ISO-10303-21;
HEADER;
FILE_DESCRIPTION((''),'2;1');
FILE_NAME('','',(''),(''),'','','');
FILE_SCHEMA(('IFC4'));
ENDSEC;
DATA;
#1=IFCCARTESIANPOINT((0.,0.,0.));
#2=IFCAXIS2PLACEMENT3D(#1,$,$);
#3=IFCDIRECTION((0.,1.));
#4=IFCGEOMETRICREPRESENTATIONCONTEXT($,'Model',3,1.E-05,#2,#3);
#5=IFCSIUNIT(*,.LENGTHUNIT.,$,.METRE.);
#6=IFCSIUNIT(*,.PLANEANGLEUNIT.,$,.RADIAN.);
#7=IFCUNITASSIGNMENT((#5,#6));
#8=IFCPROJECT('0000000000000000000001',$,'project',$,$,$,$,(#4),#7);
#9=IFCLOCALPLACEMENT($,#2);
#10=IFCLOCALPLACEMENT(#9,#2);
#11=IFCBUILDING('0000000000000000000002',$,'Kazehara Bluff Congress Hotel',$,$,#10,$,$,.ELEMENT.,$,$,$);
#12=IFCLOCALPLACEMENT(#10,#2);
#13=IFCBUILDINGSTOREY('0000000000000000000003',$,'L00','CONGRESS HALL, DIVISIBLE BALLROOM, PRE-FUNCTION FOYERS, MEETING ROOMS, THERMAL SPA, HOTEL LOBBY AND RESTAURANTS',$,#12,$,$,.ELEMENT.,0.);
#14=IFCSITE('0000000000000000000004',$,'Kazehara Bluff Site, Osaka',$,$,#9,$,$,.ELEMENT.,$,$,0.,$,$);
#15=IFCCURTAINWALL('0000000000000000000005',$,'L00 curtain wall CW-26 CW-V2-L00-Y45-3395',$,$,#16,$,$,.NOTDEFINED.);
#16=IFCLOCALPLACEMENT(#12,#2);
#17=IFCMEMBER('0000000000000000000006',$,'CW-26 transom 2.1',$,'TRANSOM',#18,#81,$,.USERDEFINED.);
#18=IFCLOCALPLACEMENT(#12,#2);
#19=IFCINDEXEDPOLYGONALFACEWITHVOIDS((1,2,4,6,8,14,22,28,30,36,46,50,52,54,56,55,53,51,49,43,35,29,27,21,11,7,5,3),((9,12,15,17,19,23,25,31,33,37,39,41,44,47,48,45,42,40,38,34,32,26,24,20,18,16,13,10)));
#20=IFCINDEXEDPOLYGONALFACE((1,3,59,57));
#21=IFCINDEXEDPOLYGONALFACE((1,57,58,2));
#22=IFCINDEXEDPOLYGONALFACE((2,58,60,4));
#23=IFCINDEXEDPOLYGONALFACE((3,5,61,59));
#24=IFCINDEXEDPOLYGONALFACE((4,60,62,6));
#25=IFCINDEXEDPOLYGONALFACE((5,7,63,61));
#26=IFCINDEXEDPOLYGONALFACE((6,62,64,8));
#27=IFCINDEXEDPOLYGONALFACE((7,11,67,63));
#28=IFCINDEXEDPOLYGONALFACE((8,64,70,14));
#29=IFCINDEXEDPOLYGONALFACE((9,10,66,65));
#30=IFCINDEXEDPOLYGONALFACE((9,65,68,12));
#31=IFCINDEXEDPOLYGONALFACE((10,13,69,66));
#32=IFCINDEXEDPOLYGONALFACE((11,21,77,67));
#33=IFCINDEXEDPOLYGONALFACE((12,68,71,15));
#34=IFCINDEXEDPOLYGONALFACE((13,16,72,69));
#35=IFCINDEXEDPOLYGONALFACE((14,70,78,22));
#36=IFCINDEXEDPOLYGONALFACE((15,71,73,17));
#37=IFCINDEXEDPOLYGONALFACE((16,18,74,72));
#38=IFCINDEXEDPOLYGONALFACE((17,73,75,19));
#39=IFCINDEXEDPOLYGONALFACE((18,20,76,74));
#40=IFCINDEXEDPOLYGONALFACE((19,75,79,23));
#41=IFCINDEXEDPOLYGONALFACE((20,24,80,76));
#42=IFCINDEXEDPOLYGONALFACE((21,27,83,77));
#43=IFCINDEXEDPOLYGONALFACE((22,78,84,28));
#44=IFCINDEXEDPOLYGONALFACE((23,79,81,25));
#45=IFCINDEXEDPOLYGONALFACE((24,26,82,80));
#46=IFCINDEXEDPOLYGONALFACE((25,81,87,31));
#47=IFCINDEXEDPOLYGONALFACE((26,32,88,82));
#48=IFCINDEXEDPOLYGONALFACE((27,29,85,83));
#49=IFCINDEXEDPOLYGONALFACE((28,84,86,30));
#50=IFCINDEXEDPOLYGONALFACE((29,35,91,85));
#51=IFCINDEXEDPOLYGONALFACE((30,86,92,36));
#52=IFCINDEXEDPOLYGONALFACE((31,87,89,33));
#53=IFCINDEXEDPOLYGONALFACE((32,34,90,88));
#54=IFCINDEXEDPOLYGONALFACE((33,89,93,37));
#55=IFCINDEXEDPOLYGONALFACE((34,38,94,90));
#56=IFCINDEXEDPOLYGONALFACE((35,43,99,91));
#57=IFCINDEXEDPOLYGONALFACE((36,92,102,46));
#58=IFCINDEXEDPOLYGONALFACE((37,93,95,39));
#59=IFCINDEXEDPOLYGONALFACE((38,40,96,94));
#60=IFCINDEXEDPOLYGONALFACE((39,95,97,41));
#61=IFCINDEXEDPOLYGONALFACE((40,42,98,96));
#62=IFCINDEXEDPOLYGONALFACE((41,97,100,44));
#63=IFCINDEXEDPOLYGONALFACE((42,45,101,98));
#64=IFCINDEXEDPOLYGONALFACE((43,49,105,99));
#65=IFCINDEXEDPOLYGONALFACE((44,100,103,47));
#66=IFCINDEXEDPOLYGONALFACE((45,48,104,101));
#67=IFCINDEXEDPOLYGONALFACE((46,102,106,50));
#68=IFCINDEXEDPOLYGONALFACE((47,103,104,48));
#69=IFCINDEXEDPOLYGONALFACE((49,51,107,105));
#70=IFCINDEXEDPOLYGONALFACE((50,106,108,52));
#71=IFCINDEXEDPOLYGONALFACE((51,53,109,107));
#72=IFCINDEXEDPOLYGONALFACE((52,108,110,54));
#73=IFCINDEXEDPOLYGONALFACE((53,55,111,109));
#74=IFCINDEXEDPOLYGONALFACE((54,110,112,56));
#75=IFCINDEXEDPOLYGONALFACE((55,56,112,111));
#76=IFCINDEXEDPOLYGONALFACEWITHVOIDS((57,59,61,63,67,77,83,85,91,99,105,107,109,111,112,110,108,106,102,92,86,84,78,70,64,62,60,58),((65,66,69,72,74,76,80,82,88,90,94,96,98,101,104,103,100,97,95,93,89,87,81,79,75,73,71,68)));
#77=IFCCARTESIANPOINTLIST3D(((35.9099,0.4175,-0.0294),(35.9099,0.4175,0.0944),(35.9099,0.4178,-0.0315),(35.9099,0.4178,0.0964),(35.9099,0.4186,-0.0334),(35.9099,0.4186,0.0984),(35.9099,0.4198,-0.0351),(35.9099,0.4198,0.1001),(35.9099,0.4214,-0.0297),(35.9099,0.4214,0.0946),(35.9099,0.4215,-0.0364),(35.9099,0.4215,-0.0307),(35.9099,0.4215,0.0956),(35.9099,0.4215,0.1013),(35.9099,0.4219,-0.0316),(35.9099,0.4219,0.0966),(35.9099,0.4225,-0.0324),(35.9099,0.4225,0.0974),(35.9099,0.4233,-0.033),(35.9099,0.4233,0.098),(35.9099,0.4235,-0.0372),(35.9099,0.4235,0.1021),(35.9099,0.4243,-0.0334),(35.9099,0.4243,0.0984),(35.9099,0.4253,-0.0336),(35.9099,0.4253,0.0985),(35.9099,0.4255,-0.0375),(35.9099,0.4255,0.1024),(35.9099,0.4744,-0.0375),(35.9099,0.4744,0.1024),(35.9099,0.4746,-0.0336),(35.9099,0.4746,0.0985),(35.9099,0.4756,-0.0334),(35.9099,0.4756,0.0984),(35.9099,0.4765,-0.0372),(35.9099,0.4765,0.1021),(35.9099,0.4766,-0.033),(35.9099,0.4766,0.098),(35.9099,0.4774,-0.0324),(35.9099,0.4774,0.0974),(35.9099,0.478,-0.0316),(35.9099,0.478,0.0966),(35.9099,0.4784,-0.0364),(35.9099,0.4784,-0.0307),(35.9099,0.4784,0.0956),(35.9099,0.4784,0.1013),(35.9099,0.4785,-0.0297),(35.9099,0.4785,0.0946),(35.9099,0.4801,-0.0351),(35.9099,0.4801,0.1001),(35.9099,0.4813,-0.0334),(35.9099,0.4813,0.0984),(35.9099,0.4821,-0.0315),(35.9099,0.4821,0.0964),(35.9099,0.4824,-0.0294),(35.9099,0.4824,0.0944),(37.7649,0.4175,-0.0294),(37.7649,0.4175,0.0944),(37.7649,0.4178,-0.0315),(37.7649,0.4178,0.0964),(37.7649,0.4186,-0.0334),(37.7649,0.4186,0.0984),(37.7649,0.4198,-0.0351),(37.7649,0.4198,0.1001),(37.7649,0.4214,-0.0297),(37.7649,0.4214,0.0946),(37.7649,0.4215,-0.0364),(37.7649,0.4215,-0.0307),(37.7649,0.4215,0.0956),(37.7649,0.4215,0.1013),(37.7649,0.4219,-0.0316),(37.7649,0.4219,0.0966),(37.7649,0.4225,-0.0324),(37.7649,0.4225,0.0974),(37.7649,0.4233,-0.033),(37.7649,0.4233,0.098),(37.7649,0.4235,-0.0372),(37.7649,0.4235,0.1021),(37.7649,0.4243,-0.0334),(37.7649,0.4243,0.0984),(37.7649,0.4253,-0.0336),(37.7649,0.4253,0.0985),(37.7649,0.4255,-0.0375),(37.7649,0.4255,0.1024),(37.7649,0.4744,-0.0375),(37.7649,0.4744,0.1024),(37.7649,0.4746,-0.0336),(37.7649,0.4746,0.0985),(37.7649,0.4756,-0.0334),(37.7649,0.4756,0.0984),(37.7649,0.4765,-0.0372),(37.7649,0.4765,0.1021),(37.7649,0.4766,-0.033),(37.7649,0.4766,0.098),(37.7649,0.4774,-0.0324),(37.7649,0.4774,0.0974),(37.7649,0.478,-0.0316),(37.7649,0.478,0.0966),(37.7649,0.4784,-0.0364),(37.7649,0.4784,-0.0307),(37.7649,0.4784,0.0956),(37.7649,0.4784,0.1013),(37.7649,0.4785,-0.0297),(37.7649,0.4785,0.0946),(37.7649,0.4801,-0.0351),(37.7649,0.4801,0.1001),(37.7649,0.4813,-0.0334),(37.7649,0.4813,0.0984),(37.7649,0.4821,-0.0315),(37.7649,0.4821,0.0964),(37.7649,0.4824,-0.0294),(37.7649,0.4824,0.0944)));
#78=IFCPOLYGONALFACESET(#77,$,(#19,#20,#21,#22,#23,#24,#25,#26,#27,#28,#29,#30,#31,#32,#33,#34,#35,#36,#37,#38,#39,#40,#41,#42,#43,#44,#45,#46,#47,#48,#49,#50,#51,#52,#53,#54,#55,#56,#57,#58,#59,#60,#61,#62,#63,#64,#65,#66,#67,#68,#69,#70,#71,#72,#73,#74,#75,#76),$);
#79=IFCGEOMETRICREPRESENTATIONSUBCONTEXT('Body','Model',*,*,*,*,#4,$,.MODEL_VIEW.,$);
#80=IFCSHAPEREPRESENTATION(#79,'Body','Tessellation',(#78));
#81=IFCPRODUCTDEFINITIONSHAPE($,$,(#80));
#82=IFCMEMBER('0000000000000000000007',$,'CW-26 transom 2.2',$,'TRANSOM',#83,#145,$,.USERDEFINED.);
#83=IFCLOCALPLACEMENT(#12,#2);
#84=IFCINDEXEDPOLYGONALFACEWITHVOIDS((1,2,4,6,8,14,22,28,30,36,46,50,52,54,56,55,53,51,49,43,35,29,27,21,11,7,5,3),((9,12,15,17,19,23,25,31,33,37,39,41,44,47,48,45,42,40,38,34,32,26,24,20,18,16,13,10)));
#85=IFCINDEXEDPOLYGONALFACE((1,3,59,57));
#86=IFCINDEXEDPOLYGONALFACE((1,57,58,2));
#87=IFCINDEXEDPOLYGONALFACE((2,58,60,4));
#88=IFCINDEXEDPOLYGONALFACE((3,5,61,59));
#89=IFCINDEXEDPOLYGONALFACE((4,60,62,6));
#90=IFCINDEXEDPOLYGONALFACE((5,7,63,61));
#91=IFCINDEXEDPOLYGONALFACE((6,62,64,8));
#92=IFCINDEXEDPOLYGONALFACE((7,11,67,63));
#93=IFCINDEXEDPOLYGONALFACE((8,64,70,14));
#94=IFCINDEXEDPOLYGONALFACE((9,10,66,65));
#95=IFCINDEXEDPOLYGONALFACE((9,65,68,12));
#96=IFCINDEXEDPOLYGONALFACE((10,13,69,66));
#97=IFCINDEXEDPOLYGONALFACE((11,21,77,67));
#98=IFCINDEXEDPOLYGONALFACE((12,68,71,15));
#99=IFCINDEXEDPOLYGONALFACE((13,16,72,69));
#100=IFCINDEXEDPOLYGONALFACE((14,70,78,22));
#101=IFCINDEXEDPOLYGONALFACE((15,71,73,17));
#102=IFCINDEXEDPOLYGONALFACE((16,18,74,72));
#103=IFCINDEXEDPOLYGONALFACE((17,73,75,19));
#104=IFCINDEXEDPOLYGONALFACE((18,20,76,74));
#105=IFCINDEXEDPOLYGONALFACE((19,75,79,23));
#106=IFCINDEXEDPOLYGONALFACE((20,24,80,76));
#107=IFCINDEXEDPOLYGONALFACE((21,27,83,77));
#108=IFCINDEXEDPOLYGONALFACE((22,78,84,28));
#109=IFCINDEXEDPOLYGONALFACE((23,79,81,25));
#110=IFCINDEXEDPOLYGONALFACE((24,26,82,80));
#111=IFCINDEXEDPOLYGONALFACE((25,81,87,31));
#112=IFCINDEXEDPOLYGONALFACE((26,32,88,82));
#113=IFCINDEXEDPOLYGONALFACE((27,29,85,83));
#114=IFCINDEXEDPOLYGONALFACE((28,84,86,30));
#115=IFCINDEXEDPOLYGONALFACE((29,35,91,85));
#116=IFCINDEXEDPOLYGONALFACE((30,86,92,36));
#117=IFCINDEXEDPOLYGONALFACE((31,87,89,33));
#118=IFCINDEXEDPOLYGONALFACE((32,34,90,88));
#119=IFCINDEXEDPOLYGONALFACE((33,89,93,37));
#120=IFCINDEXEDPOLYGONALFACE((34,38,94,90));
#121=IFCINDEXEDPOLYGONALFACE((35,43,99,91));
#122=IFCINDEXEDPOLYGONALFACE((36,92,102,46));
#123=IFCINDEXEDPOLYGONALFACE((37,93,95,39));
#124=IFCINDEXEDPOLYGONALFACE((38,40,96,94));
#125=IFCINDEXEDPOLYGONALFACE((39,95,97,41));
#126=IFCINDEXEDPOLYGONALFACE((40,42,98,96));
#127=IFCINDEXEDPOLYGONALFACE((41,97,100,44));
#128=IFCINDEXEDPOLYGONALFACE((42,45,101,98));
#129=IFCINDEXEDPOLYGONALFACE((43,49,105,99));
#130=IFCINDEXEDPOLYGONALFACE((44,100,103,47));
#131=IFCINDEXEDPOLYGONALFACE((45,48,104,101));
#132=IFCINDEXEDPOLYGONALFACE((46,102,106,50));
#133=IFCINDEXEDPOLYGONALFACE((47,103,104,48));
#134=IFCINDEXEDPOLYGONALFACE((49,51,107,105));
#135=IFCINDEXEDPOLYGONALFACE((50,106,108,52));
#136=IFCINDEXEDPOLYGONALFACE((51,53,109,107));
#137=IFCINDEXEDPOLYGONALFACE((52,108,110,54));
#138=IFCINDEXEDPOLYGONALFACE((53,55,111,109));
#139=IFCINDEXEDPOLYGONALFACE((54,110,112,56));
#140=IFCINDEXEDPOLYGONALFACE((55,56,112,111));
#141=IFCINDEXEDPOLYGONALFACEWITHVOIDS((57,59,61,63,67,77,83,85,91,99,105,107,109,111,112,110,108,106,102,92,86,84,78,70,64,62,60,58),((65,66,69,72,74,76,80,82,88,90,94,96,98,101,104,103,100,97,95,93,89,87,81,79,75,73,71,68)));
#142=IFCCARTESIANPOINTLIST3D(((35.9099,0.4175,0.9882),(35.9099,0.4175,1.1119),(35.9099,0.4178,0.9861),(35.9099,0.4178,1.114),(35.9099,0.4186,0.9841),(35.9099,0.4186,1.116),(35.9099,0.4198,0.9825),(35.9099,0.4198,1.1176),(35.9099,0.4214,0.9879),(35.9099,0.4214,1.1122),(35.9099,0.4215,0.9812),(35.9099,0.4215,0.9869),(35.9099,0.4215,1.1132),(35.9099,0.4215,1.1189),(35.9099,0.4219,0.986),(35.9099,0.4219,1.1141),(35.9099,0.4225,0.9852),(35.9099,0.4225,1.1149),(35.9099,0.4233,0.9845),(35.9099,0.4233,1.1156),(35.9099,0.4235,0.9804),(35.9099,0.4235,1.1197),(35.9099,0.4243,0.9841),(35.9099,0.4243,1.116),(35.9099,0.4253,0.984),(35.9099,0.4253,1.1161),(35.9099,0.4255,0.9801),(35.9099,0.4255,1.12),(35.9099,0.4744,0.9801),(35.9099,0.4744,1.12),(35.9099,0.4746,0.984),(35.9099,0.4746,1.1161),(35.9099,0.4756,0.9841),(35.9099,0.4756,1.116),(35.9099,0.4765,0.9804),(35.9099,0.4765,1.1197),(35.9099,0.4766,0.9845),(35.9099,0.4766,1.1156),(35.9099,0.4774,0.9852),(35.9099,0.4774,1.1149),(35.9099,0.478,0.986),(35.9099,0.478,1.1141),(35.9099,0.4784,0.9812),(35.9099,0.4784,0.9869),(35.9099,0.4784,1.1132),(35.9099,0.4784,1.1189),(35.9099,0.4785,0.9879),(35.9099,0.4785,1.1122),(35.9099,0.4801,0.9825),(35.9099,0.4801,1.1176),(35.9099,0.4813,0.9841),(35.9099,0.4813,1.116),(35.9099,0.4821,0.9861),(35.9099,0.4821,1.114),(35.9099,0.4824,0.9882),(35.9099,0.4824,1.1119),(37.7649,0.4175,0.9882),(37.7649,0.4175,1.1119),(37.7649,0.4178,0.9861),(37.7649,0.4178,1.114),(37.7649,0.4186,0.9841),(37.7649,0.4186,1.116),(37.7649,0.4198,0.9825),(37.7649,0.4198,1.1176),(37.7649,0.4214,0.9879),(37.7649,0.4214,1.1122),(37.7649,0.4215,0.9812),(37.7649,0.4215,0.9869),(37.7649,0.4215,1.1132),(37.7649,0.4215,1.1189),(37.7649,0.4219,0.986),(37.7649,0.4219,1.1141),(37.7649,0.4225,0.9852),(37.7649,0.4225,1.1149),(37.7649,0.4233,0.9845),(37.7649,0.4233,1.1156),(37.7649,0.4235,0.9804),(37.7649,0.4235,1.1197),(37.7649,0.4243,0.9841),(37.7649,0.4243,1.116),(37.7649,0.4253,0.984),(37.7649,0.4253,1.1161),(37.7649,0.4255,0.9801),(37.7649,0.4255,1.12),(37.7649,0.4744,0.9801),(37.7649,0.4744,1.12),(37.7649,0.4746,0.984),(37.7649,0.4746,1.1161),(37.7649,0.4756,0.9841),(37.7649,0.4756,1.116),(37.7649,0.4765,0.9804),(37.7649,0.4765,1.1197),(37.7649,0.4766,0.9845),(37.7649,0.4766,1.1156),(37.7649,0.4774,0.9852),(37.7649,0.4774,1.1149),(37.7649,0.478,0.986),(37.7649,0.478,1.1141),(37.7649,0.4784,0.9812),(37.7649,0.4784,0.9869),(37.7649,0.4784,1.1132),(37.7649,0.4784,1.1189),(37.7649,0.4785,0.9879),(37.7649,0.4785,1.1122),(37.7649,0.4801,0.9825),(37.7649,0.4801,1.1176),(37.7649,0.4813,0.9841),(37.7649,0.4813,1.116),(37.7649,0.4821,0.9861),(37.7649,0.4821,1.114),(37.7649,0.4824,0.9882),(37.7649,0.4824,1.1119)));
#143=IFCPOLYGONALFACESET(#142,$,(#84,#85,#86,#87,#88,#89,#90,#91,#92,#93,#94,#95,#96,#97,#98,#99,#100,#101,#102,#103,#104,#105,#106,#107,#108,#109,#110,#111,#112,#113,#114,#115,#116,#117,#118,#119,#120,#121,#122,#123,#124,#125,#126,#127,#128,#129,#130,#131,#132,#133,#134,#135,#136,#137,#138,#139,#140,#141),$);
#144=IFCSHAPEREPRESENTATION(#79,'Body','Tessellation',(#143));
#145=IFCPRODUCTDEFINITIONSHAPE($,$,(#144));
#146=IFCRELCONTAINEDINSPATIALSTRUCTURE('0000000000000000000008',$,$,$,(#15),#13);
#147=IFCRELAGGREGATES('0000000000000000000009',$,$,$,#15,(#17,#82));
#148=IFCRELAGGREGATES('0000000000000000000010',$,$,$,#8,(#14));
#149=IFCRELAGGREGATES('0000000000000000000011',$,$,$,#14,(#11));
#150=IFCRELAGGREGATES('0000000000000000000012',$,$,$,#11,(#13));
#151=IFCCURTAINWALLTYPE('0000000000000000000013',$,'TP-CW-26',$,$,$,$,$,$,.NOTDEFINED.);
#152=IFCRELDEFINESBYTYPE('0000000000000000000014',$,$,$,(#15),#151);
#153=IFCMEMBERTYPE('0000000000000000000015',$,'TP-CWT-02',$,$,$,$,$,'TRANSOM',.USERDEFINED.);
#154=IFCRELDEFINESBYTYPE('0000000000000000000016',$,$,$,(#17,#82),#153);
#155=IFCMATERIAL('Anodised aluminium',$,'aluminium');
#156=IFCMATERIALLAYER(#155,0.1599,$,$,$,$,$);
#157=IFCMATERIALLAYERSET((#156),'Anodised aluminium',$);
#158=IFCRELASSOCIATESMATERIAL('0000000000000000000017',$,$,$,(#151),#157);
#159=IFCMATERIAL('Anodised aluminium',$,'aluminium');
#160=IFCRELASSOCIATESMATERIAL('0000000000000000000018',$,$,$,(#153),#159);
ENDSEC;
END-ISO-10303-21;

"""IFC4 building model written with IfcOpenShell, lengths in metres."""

from ifc_helpers import new_model, si_unit, direction, frame, origin, origin_2d, place, context, subcontext, project, spatial, hollow_rectangle, extrude, material, layer, layer_set, material_profile, profile_set, type_object, element, aggregate, save


model = new_model("IFC4")

# Units and contexts
model_context = context("Model", 3, precision=1e-05, world=origin(), true_north=direction((0.0, 1.0)))
body_context = subcontext(model_context, "Body", "Model", "MODEL_VIEW")
ifc_project = project(units=[si_unit("LENGTHUNIT", "METRE"), si_unit("PLANEANGLEUNIT", "RADIAN")], contexts=[model_context])

# Site, building, storey
site_placement = place(None, origin())
site = spatial("IfcSite", under=ifc_project, at=site_placement, Name="Kazehara Bluff Site, Osaka", CompositionType="ELEMENT", RefElevation=0.0)
building_placement = place(site_placement, origin())
building = spatial("IfcBuilding", under=site, at=building_placement, Name="Kazehara Bluff Congress Hotel", CompositionType="ELEMENT")
storey_placement = place(building_placement, origin())
storey = spatial("IfcBuildingStorey", under=building, at=storey_placement, Name="L00", Description="CONGRESS HALL, DIVISIBLE BALLROOM, PRE-FUNCTION FOYERS, MEETING ROOMS, THERMAL SPA, HOTEL LOBBY AND RESTAURANTS", CompositionType="ELEMENT", Elevation=0.0)

# Shared definitions
ifc_material_1 = material(Name="Anodised aluminium", Category="aluminium")
ifc_layer_1 = layer(ifc_material_1, 0.1599)
ifc_layer_set_1 = layer_set([ifc_layer_1], Name="Anodised aluminium")
curtain_wall_type = type_object("IfcCurtainWallType", Name="TP-CW-26", PredefinedType="NOTDEFINED", material=ifc_layer_set_1)

# Curtain wall, members
curtain_wall_1_placement = place(storey_placement, origin())
curtain_wall_1 = element("IfcCurtainWall", 1, at=curtain_wall_1_placement, inside=storey, type_object=curtain_wall_type, Name="L00 curtain wall CW-26 CW-V2-L00-Y45-3395", PredefinedType="NOTDEFINED")
ifc_material_2 = material(Name="Anodised aluminium", Category="aluminium")
ifc_material_profile_1 = material_profile(ifc_material_2, hollow_rectangle(XDim=0.0649, YDim=0.1399, WallThickness=0.0039, InnerFilletRadius=0.0039, OuterFilletRadius=0.0081, at=origin_2d()))
ifc_profile_set_1 = profile_set([ifc_material_profile_1], Name="Anodised aluminium")
member_type_1 = type_object("IfcMemberType", Name="TP-CWT-02", ElementType="TRANSOM", PredefinedType="USERDEFINED", material=ifc_profile_set_1)
member_1_placement = place(storey_placement, frame((35.9099, 0.45, 0.0325), z_axis=(1.0, 0.0, 0.0), x_axis=(0.0, 1.0, 0.0)))
member_1 = element("IfcMember", 2, at=member_1_placement, type_object=member_type_1, Name="CW-26 transom 2.1", ObjectType="TRANSOM", PredefinedType="USERDEFINED", context=body_context, shape_type="SweptSolid", body=[
    extrude(hollow_rectangle(XDim=0.0649, YDim=0.1399, WallThickness=0.0039, InnerFilletRadius=0.0039, OuterFilletRadius=0.0081, at=origin_2d()), origin(), (0.0, 0.0, 1.0), 1.855),
])
member_2_placement = place(storey_placement, frame((35.9099, 0.45, 1.05), z_axis=(1.0, 0.0, 0.0), x_axis=(0.0, 1.0, 0.0)))
member_2 = element("IfcMember", 3, at=member_2_placement, type_object=member_type_1, Name="CW-26 transom 2.2", ObjectType="TRANSOM", PredefinedType="USERDEFINED", context=body_context, shape_type="SweptSolid", body=[
    extrude(hollow_rectangle(XDim=0.0649, YDim=0.1399, WallThickness=0.0039, InnerFilletRadius=0.0039, OuterFilletRadius=0.0081, at=origin_2d()), origin(), (0.0, 0.0, 1.0), 1.855),
])

aggregate(curtain_wall_1, [member_1, member_2])

save(model, "model.ifc")
